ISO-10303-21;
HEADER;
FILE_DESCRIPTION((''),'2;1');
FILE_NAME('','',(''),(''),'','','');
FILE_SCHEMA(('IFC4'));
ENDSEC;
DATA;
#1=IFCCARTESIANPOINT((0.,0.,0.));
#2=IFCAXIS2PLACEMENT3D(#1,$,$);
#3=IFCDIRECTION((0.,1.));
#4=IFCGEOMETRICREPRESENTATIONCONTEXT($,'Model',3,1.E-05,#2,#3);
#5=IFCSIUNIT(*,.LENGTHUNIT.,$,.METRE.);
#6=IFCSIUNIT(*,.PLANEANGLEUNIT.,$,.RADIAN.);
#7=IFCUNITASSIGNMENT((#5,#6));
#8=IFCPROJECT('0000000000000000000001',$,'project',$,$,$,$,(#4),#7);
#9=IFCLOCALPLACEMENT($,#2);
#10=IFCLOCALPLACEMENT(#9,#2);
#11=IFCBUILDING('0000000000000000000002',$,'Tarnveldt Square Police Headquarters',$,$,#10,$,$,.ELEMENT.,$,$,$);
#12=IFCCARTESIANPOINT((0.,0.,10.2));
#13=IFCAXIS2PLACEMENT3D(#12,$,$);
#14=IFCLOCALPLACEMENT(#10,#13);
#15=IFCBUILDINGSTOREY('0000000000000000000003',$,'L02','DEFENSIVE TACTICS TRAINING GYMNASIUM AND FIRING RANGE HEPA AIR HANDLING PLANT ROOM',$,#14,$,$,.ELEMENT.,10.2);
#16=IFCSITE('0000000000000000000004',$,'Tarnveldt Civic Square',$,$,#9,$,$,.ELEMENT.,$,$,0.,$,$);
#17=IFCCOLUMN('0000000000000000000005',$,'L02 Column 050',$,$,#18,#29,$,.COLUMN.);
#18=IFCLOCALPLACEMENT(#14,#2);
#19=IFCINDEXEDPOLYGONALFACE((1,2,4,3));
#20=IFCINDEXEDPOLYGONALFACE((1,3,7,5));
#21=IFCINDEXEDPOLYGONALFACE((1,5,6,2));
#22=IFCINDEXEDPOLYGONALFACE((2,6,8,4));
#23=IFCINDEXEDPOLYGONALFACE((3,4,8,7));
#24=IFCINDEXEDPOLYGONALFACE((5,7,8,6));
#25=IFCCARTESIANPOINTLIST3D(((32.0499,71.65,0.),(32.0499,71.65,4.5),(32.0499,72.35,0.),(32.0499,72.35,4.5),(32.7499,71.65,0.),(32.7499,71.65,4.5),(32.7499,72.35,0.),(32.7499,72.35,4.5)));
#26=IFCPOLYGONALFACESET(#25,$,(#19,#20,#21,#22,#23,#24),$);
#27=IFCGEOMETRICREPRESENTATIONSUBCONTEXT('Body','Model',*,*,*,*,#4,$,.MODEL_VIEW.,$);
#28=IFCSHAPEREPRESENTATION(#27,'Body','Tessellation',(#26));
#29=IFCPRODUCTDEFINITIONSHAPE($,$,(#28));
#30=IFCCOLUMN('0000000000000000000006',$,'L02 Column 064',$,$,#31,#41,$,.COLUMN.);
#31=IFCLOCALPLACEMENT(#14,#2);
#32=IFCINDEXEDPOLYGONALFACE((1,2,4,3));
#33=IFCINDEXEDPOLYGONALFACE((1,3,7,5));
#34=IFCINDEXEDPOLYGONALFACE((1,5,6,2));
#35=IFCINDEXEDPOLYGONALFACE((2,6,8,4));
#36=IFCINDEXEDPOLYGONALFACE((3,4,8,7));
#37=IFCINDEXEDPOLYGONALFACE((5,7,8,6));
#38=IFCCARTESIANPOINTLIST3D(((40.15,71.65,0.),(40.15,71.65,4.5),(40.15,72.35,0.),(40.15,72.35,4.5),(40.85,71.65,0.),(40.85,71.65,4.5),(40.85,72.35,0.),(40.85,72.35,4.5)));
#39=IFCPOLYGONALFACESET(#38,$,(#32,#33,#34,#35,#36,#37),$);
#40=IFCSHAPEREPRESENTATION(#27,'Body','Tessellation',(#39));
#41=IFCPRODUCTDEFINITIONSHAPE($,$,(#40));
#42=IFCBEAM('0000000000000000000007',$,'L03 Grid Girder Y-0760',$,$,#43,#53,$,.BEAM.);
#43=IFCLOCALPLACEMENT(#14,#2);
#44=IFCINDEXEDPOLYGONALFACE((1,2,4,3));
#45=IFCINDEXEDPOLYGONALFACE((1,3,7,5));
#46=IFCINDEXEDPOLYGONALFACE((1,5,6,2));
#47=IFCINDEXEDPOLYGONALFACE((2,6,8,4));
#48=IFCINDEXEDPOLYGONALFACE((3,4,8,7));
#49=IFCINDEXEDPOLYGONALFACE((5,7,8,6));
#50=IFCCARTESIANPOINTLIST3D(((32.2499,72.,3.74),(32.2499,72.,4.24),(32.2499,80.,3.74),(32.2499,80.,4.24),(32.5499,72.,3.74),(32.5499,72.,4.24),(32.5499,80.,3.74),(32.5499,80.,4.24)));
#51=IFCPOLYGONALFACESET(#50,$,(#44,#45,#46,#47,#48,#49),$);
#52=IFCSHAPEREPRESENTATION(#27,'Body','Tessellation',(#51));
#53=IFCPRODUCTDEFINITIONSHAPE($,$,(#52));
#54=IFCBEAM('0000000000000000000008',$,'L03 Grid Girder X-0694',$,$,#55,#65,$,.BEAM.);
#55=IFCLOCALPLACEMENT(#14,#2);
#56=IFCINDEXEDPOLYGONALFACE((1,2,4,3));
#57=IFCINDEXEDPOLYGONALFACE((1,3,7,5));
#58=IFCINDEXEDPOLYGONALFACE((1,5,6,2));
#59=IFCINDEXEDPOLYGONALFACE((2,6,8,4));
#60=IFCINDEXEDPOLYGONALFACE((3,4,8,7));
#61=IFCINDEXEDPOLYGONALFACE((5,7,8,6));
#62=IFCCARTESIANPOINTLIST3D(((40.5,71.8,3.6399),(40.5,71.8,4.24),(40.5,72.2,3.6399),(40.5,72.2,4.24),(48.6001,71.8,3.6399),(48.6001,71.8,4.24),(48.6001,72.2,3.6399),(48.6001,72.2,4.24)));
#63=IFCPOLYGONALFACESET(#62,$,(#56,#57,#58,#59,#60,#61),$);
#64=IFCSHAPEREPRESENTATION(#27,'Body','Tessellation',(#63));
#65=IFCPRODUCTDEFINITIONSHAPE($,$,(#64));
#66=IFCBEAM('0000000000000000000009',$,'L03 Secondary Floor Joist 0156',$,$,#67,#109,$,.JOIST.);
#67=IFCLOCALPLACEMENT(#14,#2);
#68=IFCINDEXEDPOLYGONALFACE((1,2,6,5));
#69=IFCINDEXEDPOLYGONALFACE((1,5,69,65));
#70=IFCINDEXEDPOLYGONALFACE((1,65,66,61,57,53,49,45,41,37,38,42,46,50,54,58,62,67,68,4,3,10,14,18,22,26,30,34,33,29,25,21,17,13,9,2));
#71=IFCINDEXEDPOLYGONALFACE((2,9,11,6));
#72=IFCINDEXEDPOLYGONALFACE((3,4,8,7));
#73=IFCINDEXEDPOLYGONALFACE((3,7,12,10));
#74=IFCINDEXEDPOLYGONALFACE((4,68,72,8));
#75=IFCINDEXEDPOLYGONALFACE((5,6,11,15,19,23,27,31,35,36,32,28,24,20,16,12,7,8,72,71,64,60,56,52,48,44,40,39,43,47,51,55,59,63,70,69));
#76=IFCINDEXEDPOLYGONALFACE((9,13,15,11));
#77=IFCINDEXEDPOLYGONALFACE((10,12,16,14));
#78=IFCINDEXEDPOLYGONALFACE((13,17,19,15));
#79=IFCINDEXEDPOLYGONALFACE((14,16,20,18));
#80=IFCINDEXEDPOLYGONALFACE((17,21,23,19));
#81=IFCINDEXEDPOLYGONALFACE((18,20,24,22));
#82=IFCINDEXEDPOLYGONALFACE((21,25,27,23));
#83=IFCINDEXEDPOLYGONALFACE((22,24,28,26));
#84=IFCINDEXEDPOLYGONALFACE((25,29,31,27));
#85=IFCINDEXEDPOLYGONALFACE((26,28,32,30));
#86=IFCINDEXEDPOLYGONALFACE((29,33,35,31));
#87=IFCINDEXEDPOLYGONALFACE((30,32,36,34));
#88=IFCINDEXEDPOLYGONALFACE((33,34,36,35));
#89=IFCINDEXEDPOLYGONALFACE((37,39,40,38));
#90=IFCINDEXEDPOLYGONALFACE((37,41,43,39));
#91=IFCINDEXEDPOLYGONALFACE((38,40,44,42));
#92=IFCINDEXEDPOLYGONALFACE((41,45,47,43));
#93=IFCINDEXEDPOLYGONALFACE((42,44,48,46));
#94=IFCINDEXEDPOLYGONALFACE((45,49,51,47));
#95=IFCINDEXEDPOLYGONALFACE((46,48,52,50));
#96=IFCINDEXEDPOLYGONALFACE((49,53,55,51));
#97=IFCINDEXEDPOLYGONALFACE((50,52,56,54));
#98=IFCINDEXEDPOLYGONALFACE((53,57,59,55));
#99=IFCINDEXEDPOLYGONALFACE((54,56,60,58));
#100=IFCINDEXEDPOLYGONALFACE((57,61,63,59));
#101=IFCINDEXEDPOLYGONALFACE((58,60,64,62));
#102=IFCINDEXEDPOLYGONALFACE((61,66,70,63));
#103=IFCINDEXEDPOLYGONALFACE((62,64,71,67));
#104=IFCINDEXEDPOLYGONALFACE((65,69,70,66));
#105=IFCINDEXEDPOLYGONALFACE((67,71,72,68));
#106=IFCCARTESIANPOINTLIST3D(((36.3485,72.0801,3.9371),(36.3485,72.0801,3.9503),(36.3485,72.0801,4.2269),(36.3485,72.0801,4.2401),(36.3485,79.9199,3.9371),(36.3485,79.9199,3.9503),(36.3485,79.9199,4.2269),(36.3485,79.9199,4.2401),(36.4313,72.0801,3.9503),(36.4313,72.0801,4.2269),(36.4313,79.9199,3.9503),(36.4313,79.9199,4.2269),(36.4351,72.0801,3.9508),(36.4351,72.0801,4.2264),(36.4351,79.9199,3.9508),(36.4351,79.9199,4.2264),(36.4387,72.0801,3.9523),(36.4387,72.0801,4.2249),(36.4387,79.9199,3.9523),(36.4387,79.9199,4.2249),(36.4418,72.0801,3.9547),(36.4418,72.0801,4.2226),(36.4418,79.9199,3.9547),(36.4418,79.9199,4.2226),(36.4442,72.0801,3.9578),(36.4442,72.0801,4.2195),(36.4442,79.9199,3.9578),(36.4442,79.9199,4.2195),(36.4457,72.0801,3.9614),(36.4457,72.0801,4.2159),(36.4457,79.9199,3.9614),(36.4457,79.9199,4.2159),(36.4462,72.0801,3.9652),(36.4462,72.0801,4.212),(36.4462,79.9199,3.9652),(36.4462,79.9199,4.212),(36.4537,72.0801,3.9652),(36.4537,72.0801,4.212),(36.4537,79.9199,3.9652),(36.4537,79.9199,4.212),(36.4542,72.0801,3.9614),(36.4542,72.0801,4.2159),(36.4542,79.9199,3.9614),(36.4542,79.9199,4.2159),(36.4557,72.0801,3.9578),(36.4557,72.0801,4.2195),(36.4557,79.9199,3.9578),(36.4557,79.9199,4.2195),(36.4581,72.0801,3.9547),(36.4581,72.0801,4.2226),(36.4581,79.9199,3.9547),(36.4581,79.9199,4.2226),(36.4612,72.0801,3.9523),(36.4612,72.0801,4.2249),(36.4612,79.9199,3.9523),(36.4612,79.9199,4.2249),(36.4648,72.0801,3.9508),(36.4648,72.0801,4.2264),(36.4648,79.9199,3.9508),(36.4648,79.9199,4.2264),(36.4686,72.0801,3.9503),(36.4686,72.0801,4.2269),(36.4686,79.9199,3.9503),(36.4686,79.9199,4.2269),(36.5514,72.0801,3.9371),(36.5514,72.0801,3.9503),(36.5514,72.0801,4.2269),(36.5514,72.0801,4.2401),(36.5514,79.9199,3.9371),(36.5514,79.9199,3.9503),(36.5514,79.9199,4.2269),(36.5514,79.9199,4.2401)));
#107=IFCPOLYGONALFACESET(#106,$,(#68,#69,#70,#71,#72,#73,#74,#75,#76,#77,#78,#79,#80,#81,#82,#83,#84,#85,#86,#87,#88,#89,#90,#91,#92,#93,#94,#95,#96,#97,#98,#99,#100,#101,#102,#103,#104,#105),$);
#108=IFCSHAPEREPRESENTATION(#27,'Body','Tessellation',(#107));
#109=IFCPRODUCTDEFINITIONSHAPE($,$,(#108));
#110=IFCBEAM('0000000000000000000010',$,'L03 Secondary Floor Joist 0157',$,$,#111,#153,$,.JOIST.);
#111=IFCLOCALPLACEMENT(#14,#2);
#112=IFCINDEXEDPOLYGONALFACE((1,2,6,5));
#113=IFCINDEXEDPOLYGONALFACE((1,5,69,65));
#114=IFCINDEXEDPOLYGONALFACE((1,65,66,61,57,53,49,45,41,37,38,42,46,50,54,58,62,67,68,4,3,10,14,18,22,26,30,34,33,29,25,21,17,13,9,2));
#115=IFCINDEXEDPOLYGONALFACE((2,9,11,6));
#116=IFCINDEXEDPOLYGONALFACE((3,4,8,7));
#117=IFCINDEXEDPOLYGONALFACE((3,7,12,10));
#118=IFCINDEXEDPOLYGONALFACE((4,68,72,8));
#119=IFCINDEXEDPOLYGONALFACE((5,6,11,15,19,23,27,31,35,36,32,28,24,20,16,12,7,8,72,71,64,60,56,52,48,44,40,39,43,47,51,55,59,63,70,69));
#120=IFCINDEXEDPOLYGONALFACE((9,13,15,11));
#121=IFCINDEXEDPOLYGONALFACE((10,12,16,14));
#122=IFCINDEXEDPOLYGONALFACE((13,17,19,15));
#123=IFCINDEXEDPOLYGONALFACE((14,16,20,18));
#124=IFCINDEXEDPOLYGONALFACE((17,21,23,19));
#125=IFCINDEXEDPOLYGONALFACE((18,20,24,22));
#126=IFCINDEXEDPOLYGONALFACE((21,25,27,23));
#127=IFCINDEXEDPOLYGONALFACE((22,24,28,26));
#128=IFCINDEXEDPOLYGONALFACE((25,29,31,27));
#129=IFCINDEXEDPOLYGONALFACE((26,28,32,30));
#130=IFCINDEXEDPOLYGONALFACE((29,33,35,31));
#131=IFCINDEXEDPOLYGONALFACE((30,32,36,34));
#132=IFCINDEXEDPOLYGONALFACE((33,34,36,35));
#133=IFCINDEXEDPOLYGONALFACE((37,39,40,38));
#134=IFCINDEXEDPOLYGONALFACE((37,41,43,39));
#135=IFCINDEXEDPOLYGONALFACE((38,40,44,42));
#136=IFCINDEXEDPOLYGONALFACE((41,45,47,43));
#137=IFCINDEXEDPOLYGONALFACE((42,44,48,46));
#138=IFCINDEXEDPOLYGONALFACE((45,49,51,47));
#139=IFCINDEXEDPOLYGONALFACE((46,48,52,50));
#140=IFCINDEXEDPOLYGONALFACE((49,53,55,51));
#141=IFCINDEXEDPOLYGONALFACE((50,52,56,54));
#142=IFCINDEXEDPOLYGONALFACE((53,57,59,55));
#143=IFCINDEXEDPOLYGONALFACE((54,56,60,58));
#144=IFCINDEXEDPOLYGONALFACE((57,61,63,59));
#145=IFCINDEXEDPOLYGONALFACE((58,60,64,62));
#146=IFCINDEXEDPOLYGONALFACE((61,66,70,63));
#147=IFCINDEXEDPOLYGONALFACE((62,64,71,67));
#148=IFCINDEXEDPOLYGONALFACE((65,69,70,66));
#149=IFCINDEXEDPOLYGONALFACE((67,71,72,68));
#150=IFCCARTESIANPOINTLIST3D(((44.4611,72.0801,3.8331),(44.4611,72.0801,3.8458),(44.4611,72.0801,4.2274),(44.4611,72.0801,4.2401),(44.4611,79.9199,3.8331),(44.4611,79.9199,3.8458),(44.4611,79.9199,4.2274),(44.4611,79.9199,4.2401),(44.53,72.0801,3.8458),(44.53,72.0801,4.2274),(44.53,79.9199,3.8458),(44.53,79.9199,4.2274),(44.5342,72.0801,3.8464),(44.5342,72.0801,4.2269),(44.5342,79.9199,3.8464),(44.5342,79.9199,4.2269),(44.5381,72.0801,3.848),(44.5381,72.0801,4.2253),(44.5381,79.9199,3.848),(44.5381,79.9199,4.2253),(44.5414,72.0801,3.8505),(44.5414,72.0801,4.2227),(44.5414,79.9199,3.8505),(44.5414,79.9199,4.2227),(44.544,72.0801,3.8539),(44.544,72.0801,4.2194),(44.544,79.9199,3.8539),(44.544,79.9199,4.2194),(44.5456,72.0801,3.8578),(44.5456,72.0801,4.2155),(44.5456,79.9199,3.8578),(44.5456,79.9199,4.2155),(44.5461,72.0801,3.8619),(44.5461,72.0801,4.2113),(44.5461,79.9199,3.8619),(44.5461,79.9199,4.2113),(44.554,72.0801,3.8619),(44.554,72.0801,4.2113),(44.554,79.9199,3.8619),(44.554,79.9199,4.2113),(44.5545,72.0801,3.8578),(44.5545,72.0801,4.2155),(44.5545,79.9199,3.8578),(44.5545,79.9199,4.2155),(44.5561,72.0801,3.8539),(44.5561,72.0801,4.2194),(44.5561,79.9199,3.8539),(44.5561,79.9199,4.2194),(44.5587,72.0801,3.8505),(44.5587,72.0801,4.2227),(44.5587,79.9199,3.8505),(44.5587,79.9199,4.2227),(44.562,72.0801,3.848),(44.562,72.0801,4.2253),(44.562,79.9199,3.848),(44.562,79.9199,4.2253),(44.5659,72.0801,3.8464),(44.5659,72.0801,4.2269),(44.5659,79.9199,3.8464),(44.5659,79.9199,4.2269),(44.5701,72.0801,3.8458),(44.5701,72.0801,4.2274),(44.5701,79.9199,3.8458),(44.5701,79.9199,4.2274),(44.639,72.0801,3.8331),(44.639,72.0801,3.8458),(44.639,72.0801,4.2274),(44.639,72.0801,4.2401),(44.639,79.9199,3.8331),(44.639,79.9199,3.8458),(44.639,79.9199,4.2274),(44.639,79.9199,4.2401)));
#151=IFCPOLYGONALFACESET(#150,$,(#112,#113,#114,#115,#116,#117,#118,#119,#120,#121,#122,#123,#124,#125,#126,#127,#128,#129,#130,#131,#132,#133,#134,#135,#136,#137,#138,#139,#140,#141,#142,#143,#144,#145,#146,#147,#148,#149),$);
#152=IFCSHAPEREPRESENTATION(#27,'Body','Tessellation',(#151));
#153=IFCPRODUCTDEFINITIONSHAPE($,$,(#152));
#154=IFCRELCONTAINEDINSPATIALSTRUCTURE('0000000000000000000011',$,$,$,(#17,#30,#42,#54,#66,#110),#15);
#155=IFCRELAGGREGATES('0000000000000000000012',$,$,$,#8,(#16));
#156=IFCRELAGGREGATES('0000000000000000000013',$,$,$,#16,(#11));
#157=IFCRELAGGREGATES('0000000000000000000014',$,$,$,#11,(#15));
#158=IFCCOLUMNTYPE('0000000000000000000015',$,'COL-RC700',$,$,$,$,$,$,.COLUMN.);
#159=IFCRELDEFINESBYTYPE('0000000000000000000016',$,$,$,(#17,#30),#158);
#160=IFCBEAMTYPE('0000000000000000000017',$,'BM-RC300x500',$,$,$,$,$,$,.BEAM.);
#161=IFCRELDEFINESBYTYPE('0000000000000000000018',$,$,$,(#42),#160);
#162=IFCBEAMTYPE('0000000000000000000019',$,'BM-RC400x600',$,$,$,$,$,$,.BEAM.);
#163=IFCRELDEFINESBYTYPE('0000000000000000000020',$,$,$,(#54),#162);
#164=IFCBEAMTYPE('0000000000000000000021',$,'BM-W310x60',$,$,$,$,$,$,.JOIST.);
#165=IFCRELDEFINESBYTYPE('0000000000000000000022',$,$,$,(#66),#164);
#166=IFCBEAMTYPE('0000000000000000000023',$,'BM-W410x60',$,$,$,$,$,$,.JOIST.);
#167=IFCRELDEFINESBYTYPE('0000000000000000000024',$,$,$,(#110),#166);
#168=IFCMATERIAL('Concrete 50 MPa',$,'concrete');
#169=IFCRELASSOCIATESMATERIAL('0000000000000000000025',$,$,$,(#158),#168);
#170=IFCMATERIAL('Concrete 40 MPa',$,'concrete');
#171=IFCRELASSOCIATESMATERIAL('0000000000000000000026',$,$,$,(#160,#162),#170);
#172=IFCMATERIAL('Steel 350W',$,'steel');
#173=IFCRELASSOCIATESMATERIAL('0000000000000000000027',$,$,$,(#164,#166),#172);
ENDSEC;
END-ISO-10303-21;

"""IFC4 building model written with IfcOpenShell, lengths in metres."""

from ifc_helpers import new_model, si_unit, direction, frame, origin, origin_2d, place, context, subcontext, project, spatial, rectangle, i_section, extrude, material, material_profile, profile_set, type_object, element, save


model = new_model("IFC4")

# Units and contexts
model_context = context("Model", 3, precision=1e-05, world=origin(), true_north=direction((0.0, 1.0)))
body_context = subcontext(model_context, "Body", "Model", "MODEL_VIEW")
ifc_project = project(units=[si_unit("LENGTHUNIT", "METRE"), si_unit("PLANEANGLEUNIT", "RADIAN")], contexts=[model_context])

# Site, building, storey
site_placement = place(None, origin())
site = spatial("IfcSite", under=ifc_project, at=site_placement, Name="Tarnveldt Civic Square", CompositionType="ELEMENT", RefElevation=0.0)
building_placement = place(site_placement, origin())
building = spatial("IfcBuilding", under=site, at=building_placement, Name="Tarnveldt Square Police Headquarters", CompositionType="ELEMENT")
storey_placement = place(building_placement, frame((0.0, 0.0, 10.2)))
storey = spatial("IfcBuildingStorey", under=building, at=storey_placement, Name="L02", Description="DEFENSIVE TACTICS TRAINING GYMNASIUM AND FIRING RANGE HEPA AIR HANDLING PLANT ROOM", CompositionType="ELEMENT", Elevation=10.2)

# Columns
ifc_material_1 = material(Name="Concrete 50 MPa", Category="concrete")
ifc_material_profile_1 = material_profile(ifc_material_1, rectangle(XDim=0.7, YDim=0.7, at=origin_2d()), Name="RC-C700x700")
ifc_profile_set_1 = profile_set([ifc_material_profile_1], Name="Concrete 50 MPa")
column_type = type_object("IfcColumnType", Name="COL-RC700", PredefinedType="COLUMN", material=ifc_profile_set_1)
for number, where, z_axis, x_axis, name in (
    (1, (32.3999, 72.0, 0.0), (0.0, 0.0, 1.0), (1.0, 0.0, 0.0), "L02 Column 050"),
    (2, (40.5, 72.0, 0.0), (0.0, 0.0, 1.0), (1.0, 0.0, 0.0), "L02 Column 064"),
):
    element("IfcColumn", number, at=place(storey_placement, frame(where, z_axis=z_axis, x_axis=x_axis)), inside=storey, type_object=column_type, Name=name, PredefinedType="COLUMN", context=body_context, shape_type="SweptSolid", body=[
        extrude(rectangle(XDim=0.7, YDim=0.7, at=origin_2d()), origin(), (0.0, 0.0, 1.0), 4.5),
    ])

# Beams
ifc_material_2 = material(Name="Concrete 40 MPa", Category="concrete")
ifc_material_profile_2 = material_profile(ifc_material_2, rectangle(XDim=0.3, YDim=0.5, at=origin_2d()), Name="RC-B300x500")
ifc_profile_set_2 = profile_set([ifc_material_profile_2], Name="Concrete 40 MPa")
beam_type_1 = type_object("IfcBeamType", Name="BM-RC300x500", PredefinedType="BEAM", material=ifc_profile_set_2)
beam_1_placement = place(storey_placement, frame((32.3999, 72.0, 3.99), z_axis=(0.0, 1.0, 0.0), x_axis=(-1.0, 0.0, 0.0)))
element("IfcBeam", 3, at=beam_1_placement, inside=storey, type_object=beam_type_1, Name="L03 Grid Girder Y-0760", PredefinedType="BEAM", context=body_context, shape_type="SweptSolid", body=[
    extrude(rectangle(XDim=0.3, YDim=0.5, at=origin_2d()), origin(), (0.0, 0.0, 1.0), 8.0),
])
ifc_material_profile_3 = material_profile(ifc_material_2, rectangle(XDim=0.3999, YDim=0.6001, at=origin_2d()), Name="RC-B400x600")
ifc_profile_set_3 = profile_set([ifc_material_profile_3], Name="Concrete 40 MPa")
beam_type_2 = type_object("IfcBeamType", Name="BM-RC400x600", PredefinedType="BEAM", material=ifc_profile_set_3)
beam_2_placement = place(storey_placement, frame((40.5, 72.0, 3.9399), z_axis=(1.0, 0.0, 0.0), x_axis=(0.0, 1.0, 0.0)))
element("IfcBeam", 4, at=beam_2_placement, inside=storey, type_object=beam_type_2, Name="L03 Grid Girder X-0694", PredefinedType="BEAM", context=body_context, shape_type="SweptSolid", body=[
    extrude(rectangle(XDim=0.3999, YDim=0.6001, at=origin_2d()), origin(), (0.0, 0.0, 1.0), 8.1001),
])
ifc_material_3 = material(Name="Steel 350W", Category="steel")
ifc_material_profile_4 = material_profile(ifc_material_3, i_section(OverallWidth=0.2029, OverallDepth=0.303, WebThickness=0.0076, FlangeThickness=0.0132, FilletRadius=0.0149, at=origin_2d()), Name="W310x60")
ifc_profile_set_4 = profile_set([ifc_material_profile_4], Name="Steel 350W")
beam_type_3 = type_object("IfcBeamType", Name="BM-W310x60", PredefinedType="JOIST", material=ifc_profile_set_4)
beam_3_placement = place(storey_placement, frame((36.45, 72.0801, 4.0886), z_axis=(0.0, 1.0, 0.0), x_axis=(-1.0, 0.0, 0.0)))
element("IfcBeam", 5, at=beam_3_placement, inside=storey, type_object=beam_type_3, Name="L03 Secondary Floor Joist 0156", PredefinedType="JOIST", context=body_context, shape_type="SweptSolid", body=[
    extrude(i_section(OverallWidth=0.2029, OverallDepth=0.303, WebThickness=0.0076, FlangeThickness=0.0132, FilletRadius=0.0149, at=origin_2d()), origin(), (0.0, 0.0, 1.0), 7.8398),
])
ifc_material_profile_5 = material_profile(ifc_material_3, i_section(OverallWidth=0.178, OverallDepth=0.407, WebThickness=0.0078, FlangeThickness=0.0127, FilletRadius=0.0161, at=origin_2d()), Name="W410x60")
ifc_profile_set_5 = profile_set([ifc_material_profile_5], Name="Steel 350W")
beam_type_4 = type_object("IfcBeamType", Name="BM-W410x60", PredefinedType="JOIST", material=ifc_profile_set_5)
beam_4_placement = place(storey_placement, frame((44.55, 72.0801, 4.0366), z_axis=(0.0, 1.0, 0.0), x_axis=(-1.0, 0.0, 0.0)))
element("IfcBeam", 6, at=beam_4_placement, inside=storey, type_object=beam_type_4, Name="L03 Secondary Floor Joist 0157", PredefinedType="JOIST", context=body_context, shape_type="SweptSolid", body=[
    extrude(i_section(OverallWidth=0.178, OverallDepth=0.407, WebThickness=0.0078, FlangeThickness=0.0127, FilletRadius=0.0161, at=origin_2d()), origin(), (0.0, 0.0, 1.0), 7.8398),
])

save(model, "model.ifc")
